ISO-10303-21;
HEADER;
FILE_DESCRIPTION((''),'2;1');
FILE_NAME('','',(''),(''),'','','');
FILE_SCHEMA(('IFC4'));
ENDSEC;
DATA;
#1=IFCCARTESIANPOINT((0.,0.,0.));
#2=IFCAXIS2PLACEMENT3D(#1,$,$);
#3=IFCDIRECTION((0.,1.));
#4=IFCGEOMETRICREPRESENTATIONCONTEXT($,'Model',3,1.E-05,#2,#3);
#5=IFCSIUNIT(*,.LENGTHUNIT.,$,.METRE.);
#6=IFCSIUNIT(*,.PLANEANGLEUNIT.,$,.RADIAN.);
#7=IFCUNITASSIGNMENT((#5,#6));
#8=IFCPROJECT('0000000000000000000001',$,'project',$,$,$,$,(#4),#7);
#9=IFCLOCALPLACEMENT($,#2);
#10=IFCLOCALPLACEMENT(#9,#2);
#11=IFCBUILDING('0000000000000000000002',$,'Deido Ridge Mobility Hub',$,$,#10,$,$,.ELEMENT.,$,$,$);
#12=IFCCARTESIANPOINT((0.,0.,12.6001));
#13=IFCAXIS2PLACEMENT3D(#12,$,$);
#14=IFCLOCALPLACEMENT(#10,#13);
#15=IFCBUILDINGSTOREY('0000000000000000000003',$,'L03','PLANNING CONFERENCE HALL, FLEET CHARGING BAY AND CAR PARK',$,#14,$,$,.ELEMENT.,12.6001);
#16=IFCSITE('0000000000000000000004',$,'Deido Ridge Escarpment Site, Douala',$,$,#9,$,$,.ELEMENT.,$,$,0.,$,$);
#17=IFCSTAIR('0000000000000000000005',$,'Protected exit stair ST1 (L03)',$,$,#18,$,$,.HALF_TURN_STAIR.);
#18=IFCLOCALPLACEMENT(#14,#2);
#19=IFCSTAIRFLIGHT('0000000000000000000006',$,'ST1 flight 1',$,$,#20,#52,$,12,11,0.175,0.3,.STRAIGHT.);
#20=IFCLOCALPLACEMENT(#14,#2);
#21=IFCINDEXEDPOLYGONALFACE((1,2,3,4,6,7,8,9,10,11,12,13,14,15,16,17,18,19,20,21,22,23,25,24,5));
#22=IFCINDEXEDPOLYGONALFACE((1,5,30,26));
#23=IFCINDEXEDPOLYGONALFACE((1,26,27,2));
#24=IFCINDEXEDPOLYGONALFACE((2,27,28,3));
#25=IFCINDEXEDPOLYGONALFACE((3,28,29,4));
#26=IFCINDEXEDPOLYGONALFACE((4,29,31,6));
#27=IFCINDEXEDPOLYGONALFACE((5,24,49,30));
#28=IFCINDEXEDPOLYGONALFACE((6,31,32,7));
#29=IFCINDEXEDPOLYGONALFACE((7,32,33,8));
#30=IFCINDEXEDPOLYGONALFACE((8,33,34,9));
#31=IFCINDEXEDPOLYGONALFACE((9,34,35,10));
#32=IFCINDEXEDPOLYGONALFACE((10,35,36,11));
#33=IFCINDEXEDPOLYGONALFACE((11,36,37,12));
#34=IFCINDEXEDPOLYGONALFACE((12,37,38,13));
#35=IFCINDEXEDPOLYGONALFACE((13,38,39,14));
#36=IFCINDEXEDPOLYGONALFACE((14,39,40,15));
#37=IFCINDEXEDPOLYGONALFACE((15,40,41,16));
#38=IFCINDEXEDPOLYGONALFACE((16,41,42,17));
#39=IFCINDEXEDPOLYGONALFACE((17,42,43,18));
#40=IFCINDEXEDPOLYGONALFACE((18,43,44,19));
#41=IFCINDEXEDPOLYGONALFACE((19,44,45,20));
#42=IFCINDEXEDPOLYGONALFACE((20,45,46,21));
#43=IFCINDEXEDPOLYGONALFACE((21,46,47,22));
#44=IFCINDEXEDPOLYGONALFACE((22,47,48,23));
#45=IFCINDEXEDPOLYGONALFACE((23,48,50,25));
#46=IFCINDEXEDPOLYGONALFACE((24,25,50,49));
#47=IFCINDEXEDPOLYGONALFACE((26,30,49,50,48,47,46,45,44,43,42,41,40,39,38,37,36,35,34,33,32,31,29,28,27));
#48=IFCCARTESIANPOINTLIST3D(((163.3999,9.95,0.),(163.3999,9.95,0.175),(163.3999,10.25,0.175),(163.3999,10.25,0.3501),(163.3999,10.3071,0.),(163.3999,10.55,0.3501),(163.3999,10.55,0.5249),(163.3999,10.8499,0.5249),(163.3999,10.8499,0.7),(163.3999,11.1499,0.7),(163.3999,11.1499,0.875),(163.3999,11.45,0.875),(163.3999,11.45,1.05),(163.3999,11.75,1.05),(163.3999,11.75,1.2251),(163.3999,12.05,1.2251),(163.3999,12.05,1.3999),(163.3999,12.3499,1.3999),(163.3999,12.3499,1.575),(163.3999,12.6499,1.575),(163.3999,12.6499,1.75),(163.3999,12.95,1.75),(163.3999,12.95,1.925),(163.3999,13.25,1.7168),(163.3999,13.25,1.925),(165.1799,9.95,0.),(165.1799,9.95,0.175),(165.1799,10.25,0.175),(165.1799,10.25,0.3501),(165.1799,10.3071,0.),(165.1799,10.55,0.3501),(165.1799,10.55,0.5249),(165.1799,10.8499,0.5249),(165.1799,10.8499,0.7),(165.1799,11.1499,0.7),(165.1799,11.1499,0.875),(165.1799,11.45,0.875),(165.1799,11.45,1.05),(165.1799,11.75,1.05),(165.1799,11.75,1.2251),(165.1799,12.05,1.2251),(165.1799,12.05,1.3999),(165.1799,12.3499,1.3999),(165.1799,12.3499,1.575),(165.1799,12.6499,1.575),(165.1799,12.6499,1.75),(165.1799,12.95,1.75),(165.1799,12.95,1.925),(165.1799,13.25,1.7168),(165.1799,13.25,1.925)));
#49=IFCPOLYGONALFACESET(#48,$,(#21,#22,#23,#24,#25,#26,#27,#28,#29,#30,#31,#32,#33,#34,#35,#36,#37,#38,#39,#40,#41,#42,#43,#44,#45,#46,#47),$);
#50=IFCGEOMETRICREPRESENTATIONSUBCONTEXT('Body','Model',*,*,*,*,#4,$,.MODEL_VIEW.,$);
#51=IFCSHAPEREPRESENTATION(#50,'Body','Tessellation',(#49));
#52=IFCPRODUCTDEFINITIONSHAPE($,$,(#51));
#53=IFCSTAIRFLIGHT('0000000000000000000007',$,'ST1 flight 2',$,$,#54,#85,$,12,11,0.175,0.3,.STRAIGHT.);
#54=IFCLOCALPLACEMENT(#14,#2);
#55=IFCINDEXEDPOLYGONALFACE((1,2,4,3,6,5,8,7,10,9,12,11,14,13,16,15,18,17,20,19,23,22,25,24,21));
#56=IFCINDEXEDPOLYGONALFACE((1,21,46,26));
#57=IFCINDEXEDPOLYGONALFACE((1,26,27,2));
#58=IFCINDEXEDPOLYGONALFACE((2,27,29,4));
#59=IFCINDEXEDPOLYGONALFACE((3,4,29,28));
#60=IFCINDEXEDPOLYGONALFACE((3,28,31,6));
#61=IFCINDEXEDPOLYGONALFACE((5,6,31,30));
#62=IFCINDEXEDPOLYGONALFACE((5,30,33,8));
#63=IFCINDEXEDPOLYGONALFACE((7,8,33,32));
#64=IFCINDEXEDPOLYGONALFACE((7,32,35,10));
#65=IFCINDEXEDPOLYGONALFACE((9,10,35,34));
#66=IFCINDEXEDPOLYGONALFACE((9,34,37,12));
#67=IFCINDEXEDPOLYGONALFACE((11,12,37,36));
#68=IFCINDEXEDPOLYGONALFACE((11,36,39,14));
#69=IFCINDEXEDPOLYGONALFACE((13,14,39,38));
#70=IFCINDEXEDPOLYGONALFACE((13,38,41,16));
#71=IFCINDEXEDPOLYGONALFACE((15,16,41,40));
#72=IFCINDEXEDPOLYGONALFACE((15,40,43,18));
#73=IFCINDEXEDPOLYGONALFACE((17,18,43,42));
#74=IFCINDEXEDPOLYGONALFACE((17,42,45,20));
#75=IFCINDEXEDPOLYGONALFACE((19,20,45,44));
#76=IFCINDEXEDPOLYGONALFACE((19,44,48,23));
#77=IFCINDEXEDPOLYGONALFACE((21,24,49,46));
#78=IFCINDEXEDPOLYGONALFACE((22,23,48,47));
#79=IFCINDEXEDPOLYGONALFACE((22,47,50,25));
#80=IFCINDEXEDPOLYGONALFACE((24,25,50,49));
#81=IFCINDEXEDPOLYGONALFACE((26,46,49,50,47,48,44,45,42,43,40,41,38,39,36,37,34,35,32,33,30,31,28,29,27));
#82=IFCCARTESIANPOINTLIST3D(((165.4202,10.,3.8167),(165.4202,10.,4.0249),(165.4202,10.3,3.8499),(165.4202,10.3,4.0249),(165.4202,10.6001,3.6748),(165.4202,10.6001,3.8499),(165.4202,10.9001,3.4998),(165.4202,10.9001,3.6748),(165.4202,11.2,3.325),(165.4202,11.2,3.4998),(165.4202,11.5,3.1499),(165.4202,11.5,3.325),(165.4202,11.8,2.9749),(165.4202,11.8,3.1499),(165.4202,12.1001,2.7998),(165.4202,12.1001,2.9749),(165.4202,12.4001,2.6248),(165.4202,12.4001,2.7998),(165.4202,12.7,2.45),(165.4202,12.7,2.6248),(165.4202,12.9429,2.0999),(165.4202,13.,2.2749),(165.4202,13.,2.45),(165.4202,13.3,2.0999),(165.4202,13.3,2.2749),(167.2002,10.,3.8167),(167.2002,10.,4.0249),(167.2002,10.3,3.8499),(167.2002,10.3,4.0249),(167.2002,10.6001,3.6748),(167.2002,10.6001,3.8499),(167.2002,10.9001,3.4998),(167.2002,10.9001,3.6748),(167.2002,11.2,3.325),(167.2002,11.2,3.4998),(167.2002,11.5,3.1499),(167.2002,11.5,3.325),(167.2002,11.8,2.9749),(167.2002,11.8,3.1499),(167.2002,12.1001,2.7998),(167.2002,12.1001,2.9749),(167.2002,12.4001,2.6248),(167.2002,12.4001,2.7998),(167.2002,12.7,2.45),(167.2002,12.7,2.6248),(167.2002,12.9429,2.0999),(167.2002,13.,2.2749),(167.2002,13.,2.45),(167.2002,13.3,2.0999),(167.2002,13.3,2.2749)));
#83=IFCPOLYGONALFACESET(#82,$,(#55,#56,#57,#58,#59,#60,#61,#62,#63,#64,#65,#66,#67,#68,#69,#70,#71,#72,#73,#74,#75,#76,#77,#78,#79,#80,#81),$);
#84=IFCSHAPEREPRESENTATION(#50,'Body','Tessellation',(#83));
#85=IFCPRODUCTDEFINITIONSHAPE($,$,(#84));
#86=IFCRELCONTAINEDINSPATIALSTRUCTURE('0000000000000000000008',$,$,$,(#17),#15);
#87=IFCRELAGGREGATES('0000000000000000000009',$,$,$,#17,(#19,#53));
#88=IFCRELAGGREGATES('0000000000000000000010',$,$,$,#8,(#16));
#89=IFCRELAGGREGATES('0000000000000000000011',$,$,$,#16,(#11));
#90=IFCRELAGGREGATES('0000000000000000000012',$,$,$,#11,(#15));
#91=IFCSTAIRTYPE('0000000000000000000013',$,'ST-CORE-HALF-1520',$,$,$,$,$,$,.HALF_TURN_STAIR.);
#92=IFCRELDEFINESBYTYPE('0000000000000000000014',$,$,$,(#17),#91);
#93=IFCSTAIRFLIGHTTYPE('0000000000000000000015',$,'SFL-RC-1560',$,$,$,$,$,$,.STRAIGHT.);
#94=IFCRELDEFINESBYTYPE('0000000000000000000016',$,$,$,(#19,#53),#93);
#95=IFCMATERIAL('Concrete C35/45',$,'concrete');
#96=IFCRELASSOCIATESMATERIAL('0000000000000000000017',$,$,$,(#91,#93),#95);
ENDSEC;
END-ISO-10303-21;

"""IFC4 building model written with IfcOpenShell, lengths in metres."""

from ifc_helpers import new_model, si_unit, direction, frame, origin, place, context, subcontext, project, spatial, polyline, outline, extrude, material, type_object, element, aggregate, save


model = new_model("IFC4")

# Units and contexts
model_context = context("Model", 3, precision=1e-05, world=origin(), true_north=direction((0.0, 1.0)))
body_context = subcontext(model_context, "Body", "Model", "MODEL_VIEW")
ifc_project = project(units=[si_unit("LENGTHUNIT", "METRE"), si_unit("PLANEANGLEUNIT", "RADIAN")], contexts=[model_context])

# Site, building, storey
site_placement = place(None, origin())
site = spatial("IfcSite", under=ifc_project, at=site_placement, Name="Deido Ridge Escarpment Site, Douala", CompositionType="ELEMENT", RefElevation=0.0)
building_placement = place(site_placement, origin())
building = spatial("IfcBuilding", under=site, at=building_placement, Name="Deido Ridge Mobility Hub", CompositionType="ELEMENT")
storey_placement = place(building_placement, frame((0.0, 0.0, 12.6001)))
storey = spatial("IfcBuildingStorey", under=building, at=storey_placement, Name="L03", Description="PLANNING CONFERENCE HALL, FLEET CHARGING BAY AND CAR PARK", CompositionType="ELEMENT", Elevation=12.6001)

# Stair, stair flights
ifc_material_1 = material(Name="Concrete C35/45", Category="concrete")
stair_type = type_object("IfcStairType", Name="ST-CORE-HALF-1520", PredefinedType="HALF_TURN_STAIR", material=ifc_material_1)
stair_placement = place(storey_placement, origin())
stair = element("IfcStair", 1, at=stair_placement, inside=storey, type_object=stair_type, Name="Protected exit stair ST1 (L03)", PredefinedType="HALF_TURN_STAIR")
stair_flight_type = type_object("IfcStairFlightType", Name="SFL-RC-1560", PredefinedType="STRAIGHT", material=ifc_material_1)
stair_flight_1_placement = place(storey_placement, frame((164.29, 9.95, 0.0), z_axis=(0.0, 0.0, 1.0), x_axis=(0.0, 1.0, 0.0)))
stair_flight_1 = element("IfcStairFlight", 2, at=stair_flight_1_placement, type_object=stair_flight_type, Name="ST1 flight 1", NumberOfRisers=12, NumberOfTreads=11, PredefinedType="STRAIGHT", RiserHeight=0.175, TreadLength=0.3, context=body_context, shape_type="SweptSolid", body=[
    extrude(outline(polyline([(0.0, 0.0), (0.0, 0.175), (0.3, 0.175), (0.3, 0.3501), (0.6001, 0.3501), (0.6001, 0.5249), (0.8999, 0.5249), (0.8999, 0.7), (1.2, 0.7), (1.2, 0.875), (1.5, 0.875), (1.5, 1.05), (1.8, 1.05), (1.8, 1.2251), (2.1001, 1.2251), (2.1001, 1.3999), (2.3999, 1.3999), (2.3999, 1.575), (2.7, 1.575), (2.7, 1.75), (3.0, 1.75), (3.0, 1.925), (3.3, 1.925), (3.3, 2.1001), (3.3, 1.7168), (0.3572, 0.0), (0.0, 0.0)])), frame((0.0, 0.8901, 0.0), z_axis=(0.0, -1.0, 0.0), x_axis=(1.0, 0.0, 0.0)), (0.0, 0.0, 1.0), 1.78),
])
stair_flight_2_placement = place(storey_placement, frame((166.3101, 13.3, 2.0999), z_axis=(0.0, 0.0, 1.0), x_axis=(0.0, -1.0, 0.0)))
stair_flight_2 = element("IfcStairFlight", 3, at=stair_flight_2_placement, type_object=stair_flight_type, Name="ST1 flight 2", NumberOfRisers=12, NumberOfTreads=11, PredefinedType="STRAIGHT", RiserHeight=0.175, TreadLength=0.3, context=body_context, shape_type="SweptSolid", body=[
    extrude(outline(polyline([(0.0, 0.0), (0.0, 0.175), (0.3, 0.175), (0.3, 0.3501), (0.6001, 0.3501), (0.6001, 0.5249), (0.8999, 0.5249), (0.8999, 0.7), (1.2, 0.7), (1.2, 0.875), (1.5, 0.875), (1.5, 1.05), (1.8, 1.05), (1.8, 1.2251), (2.1001, 1.2251), (2.1001, 1.3999), (2.3999, 1.3999), (2.3999, 1.575), (2.7, 1.575), (2.7, 1.75), (3.0, 1.75), (3.0, 1.925), (3.3, 1.925), (3.3, 2.1001), (3.3, 1.7168), (0.3572, 0.0), (0.0, 0.0)])), frame((0.0, 0.8901, 0.0), z_axis=(0.0, -1.0, 0.0), x_axis=(1.0, 0.0, 0.0)), (0.0, 0.0, 1.0), 1.78),
])
aggregate(stair, [stair_flight_1, stair_flight_2])

save(model, "model.ifc")
